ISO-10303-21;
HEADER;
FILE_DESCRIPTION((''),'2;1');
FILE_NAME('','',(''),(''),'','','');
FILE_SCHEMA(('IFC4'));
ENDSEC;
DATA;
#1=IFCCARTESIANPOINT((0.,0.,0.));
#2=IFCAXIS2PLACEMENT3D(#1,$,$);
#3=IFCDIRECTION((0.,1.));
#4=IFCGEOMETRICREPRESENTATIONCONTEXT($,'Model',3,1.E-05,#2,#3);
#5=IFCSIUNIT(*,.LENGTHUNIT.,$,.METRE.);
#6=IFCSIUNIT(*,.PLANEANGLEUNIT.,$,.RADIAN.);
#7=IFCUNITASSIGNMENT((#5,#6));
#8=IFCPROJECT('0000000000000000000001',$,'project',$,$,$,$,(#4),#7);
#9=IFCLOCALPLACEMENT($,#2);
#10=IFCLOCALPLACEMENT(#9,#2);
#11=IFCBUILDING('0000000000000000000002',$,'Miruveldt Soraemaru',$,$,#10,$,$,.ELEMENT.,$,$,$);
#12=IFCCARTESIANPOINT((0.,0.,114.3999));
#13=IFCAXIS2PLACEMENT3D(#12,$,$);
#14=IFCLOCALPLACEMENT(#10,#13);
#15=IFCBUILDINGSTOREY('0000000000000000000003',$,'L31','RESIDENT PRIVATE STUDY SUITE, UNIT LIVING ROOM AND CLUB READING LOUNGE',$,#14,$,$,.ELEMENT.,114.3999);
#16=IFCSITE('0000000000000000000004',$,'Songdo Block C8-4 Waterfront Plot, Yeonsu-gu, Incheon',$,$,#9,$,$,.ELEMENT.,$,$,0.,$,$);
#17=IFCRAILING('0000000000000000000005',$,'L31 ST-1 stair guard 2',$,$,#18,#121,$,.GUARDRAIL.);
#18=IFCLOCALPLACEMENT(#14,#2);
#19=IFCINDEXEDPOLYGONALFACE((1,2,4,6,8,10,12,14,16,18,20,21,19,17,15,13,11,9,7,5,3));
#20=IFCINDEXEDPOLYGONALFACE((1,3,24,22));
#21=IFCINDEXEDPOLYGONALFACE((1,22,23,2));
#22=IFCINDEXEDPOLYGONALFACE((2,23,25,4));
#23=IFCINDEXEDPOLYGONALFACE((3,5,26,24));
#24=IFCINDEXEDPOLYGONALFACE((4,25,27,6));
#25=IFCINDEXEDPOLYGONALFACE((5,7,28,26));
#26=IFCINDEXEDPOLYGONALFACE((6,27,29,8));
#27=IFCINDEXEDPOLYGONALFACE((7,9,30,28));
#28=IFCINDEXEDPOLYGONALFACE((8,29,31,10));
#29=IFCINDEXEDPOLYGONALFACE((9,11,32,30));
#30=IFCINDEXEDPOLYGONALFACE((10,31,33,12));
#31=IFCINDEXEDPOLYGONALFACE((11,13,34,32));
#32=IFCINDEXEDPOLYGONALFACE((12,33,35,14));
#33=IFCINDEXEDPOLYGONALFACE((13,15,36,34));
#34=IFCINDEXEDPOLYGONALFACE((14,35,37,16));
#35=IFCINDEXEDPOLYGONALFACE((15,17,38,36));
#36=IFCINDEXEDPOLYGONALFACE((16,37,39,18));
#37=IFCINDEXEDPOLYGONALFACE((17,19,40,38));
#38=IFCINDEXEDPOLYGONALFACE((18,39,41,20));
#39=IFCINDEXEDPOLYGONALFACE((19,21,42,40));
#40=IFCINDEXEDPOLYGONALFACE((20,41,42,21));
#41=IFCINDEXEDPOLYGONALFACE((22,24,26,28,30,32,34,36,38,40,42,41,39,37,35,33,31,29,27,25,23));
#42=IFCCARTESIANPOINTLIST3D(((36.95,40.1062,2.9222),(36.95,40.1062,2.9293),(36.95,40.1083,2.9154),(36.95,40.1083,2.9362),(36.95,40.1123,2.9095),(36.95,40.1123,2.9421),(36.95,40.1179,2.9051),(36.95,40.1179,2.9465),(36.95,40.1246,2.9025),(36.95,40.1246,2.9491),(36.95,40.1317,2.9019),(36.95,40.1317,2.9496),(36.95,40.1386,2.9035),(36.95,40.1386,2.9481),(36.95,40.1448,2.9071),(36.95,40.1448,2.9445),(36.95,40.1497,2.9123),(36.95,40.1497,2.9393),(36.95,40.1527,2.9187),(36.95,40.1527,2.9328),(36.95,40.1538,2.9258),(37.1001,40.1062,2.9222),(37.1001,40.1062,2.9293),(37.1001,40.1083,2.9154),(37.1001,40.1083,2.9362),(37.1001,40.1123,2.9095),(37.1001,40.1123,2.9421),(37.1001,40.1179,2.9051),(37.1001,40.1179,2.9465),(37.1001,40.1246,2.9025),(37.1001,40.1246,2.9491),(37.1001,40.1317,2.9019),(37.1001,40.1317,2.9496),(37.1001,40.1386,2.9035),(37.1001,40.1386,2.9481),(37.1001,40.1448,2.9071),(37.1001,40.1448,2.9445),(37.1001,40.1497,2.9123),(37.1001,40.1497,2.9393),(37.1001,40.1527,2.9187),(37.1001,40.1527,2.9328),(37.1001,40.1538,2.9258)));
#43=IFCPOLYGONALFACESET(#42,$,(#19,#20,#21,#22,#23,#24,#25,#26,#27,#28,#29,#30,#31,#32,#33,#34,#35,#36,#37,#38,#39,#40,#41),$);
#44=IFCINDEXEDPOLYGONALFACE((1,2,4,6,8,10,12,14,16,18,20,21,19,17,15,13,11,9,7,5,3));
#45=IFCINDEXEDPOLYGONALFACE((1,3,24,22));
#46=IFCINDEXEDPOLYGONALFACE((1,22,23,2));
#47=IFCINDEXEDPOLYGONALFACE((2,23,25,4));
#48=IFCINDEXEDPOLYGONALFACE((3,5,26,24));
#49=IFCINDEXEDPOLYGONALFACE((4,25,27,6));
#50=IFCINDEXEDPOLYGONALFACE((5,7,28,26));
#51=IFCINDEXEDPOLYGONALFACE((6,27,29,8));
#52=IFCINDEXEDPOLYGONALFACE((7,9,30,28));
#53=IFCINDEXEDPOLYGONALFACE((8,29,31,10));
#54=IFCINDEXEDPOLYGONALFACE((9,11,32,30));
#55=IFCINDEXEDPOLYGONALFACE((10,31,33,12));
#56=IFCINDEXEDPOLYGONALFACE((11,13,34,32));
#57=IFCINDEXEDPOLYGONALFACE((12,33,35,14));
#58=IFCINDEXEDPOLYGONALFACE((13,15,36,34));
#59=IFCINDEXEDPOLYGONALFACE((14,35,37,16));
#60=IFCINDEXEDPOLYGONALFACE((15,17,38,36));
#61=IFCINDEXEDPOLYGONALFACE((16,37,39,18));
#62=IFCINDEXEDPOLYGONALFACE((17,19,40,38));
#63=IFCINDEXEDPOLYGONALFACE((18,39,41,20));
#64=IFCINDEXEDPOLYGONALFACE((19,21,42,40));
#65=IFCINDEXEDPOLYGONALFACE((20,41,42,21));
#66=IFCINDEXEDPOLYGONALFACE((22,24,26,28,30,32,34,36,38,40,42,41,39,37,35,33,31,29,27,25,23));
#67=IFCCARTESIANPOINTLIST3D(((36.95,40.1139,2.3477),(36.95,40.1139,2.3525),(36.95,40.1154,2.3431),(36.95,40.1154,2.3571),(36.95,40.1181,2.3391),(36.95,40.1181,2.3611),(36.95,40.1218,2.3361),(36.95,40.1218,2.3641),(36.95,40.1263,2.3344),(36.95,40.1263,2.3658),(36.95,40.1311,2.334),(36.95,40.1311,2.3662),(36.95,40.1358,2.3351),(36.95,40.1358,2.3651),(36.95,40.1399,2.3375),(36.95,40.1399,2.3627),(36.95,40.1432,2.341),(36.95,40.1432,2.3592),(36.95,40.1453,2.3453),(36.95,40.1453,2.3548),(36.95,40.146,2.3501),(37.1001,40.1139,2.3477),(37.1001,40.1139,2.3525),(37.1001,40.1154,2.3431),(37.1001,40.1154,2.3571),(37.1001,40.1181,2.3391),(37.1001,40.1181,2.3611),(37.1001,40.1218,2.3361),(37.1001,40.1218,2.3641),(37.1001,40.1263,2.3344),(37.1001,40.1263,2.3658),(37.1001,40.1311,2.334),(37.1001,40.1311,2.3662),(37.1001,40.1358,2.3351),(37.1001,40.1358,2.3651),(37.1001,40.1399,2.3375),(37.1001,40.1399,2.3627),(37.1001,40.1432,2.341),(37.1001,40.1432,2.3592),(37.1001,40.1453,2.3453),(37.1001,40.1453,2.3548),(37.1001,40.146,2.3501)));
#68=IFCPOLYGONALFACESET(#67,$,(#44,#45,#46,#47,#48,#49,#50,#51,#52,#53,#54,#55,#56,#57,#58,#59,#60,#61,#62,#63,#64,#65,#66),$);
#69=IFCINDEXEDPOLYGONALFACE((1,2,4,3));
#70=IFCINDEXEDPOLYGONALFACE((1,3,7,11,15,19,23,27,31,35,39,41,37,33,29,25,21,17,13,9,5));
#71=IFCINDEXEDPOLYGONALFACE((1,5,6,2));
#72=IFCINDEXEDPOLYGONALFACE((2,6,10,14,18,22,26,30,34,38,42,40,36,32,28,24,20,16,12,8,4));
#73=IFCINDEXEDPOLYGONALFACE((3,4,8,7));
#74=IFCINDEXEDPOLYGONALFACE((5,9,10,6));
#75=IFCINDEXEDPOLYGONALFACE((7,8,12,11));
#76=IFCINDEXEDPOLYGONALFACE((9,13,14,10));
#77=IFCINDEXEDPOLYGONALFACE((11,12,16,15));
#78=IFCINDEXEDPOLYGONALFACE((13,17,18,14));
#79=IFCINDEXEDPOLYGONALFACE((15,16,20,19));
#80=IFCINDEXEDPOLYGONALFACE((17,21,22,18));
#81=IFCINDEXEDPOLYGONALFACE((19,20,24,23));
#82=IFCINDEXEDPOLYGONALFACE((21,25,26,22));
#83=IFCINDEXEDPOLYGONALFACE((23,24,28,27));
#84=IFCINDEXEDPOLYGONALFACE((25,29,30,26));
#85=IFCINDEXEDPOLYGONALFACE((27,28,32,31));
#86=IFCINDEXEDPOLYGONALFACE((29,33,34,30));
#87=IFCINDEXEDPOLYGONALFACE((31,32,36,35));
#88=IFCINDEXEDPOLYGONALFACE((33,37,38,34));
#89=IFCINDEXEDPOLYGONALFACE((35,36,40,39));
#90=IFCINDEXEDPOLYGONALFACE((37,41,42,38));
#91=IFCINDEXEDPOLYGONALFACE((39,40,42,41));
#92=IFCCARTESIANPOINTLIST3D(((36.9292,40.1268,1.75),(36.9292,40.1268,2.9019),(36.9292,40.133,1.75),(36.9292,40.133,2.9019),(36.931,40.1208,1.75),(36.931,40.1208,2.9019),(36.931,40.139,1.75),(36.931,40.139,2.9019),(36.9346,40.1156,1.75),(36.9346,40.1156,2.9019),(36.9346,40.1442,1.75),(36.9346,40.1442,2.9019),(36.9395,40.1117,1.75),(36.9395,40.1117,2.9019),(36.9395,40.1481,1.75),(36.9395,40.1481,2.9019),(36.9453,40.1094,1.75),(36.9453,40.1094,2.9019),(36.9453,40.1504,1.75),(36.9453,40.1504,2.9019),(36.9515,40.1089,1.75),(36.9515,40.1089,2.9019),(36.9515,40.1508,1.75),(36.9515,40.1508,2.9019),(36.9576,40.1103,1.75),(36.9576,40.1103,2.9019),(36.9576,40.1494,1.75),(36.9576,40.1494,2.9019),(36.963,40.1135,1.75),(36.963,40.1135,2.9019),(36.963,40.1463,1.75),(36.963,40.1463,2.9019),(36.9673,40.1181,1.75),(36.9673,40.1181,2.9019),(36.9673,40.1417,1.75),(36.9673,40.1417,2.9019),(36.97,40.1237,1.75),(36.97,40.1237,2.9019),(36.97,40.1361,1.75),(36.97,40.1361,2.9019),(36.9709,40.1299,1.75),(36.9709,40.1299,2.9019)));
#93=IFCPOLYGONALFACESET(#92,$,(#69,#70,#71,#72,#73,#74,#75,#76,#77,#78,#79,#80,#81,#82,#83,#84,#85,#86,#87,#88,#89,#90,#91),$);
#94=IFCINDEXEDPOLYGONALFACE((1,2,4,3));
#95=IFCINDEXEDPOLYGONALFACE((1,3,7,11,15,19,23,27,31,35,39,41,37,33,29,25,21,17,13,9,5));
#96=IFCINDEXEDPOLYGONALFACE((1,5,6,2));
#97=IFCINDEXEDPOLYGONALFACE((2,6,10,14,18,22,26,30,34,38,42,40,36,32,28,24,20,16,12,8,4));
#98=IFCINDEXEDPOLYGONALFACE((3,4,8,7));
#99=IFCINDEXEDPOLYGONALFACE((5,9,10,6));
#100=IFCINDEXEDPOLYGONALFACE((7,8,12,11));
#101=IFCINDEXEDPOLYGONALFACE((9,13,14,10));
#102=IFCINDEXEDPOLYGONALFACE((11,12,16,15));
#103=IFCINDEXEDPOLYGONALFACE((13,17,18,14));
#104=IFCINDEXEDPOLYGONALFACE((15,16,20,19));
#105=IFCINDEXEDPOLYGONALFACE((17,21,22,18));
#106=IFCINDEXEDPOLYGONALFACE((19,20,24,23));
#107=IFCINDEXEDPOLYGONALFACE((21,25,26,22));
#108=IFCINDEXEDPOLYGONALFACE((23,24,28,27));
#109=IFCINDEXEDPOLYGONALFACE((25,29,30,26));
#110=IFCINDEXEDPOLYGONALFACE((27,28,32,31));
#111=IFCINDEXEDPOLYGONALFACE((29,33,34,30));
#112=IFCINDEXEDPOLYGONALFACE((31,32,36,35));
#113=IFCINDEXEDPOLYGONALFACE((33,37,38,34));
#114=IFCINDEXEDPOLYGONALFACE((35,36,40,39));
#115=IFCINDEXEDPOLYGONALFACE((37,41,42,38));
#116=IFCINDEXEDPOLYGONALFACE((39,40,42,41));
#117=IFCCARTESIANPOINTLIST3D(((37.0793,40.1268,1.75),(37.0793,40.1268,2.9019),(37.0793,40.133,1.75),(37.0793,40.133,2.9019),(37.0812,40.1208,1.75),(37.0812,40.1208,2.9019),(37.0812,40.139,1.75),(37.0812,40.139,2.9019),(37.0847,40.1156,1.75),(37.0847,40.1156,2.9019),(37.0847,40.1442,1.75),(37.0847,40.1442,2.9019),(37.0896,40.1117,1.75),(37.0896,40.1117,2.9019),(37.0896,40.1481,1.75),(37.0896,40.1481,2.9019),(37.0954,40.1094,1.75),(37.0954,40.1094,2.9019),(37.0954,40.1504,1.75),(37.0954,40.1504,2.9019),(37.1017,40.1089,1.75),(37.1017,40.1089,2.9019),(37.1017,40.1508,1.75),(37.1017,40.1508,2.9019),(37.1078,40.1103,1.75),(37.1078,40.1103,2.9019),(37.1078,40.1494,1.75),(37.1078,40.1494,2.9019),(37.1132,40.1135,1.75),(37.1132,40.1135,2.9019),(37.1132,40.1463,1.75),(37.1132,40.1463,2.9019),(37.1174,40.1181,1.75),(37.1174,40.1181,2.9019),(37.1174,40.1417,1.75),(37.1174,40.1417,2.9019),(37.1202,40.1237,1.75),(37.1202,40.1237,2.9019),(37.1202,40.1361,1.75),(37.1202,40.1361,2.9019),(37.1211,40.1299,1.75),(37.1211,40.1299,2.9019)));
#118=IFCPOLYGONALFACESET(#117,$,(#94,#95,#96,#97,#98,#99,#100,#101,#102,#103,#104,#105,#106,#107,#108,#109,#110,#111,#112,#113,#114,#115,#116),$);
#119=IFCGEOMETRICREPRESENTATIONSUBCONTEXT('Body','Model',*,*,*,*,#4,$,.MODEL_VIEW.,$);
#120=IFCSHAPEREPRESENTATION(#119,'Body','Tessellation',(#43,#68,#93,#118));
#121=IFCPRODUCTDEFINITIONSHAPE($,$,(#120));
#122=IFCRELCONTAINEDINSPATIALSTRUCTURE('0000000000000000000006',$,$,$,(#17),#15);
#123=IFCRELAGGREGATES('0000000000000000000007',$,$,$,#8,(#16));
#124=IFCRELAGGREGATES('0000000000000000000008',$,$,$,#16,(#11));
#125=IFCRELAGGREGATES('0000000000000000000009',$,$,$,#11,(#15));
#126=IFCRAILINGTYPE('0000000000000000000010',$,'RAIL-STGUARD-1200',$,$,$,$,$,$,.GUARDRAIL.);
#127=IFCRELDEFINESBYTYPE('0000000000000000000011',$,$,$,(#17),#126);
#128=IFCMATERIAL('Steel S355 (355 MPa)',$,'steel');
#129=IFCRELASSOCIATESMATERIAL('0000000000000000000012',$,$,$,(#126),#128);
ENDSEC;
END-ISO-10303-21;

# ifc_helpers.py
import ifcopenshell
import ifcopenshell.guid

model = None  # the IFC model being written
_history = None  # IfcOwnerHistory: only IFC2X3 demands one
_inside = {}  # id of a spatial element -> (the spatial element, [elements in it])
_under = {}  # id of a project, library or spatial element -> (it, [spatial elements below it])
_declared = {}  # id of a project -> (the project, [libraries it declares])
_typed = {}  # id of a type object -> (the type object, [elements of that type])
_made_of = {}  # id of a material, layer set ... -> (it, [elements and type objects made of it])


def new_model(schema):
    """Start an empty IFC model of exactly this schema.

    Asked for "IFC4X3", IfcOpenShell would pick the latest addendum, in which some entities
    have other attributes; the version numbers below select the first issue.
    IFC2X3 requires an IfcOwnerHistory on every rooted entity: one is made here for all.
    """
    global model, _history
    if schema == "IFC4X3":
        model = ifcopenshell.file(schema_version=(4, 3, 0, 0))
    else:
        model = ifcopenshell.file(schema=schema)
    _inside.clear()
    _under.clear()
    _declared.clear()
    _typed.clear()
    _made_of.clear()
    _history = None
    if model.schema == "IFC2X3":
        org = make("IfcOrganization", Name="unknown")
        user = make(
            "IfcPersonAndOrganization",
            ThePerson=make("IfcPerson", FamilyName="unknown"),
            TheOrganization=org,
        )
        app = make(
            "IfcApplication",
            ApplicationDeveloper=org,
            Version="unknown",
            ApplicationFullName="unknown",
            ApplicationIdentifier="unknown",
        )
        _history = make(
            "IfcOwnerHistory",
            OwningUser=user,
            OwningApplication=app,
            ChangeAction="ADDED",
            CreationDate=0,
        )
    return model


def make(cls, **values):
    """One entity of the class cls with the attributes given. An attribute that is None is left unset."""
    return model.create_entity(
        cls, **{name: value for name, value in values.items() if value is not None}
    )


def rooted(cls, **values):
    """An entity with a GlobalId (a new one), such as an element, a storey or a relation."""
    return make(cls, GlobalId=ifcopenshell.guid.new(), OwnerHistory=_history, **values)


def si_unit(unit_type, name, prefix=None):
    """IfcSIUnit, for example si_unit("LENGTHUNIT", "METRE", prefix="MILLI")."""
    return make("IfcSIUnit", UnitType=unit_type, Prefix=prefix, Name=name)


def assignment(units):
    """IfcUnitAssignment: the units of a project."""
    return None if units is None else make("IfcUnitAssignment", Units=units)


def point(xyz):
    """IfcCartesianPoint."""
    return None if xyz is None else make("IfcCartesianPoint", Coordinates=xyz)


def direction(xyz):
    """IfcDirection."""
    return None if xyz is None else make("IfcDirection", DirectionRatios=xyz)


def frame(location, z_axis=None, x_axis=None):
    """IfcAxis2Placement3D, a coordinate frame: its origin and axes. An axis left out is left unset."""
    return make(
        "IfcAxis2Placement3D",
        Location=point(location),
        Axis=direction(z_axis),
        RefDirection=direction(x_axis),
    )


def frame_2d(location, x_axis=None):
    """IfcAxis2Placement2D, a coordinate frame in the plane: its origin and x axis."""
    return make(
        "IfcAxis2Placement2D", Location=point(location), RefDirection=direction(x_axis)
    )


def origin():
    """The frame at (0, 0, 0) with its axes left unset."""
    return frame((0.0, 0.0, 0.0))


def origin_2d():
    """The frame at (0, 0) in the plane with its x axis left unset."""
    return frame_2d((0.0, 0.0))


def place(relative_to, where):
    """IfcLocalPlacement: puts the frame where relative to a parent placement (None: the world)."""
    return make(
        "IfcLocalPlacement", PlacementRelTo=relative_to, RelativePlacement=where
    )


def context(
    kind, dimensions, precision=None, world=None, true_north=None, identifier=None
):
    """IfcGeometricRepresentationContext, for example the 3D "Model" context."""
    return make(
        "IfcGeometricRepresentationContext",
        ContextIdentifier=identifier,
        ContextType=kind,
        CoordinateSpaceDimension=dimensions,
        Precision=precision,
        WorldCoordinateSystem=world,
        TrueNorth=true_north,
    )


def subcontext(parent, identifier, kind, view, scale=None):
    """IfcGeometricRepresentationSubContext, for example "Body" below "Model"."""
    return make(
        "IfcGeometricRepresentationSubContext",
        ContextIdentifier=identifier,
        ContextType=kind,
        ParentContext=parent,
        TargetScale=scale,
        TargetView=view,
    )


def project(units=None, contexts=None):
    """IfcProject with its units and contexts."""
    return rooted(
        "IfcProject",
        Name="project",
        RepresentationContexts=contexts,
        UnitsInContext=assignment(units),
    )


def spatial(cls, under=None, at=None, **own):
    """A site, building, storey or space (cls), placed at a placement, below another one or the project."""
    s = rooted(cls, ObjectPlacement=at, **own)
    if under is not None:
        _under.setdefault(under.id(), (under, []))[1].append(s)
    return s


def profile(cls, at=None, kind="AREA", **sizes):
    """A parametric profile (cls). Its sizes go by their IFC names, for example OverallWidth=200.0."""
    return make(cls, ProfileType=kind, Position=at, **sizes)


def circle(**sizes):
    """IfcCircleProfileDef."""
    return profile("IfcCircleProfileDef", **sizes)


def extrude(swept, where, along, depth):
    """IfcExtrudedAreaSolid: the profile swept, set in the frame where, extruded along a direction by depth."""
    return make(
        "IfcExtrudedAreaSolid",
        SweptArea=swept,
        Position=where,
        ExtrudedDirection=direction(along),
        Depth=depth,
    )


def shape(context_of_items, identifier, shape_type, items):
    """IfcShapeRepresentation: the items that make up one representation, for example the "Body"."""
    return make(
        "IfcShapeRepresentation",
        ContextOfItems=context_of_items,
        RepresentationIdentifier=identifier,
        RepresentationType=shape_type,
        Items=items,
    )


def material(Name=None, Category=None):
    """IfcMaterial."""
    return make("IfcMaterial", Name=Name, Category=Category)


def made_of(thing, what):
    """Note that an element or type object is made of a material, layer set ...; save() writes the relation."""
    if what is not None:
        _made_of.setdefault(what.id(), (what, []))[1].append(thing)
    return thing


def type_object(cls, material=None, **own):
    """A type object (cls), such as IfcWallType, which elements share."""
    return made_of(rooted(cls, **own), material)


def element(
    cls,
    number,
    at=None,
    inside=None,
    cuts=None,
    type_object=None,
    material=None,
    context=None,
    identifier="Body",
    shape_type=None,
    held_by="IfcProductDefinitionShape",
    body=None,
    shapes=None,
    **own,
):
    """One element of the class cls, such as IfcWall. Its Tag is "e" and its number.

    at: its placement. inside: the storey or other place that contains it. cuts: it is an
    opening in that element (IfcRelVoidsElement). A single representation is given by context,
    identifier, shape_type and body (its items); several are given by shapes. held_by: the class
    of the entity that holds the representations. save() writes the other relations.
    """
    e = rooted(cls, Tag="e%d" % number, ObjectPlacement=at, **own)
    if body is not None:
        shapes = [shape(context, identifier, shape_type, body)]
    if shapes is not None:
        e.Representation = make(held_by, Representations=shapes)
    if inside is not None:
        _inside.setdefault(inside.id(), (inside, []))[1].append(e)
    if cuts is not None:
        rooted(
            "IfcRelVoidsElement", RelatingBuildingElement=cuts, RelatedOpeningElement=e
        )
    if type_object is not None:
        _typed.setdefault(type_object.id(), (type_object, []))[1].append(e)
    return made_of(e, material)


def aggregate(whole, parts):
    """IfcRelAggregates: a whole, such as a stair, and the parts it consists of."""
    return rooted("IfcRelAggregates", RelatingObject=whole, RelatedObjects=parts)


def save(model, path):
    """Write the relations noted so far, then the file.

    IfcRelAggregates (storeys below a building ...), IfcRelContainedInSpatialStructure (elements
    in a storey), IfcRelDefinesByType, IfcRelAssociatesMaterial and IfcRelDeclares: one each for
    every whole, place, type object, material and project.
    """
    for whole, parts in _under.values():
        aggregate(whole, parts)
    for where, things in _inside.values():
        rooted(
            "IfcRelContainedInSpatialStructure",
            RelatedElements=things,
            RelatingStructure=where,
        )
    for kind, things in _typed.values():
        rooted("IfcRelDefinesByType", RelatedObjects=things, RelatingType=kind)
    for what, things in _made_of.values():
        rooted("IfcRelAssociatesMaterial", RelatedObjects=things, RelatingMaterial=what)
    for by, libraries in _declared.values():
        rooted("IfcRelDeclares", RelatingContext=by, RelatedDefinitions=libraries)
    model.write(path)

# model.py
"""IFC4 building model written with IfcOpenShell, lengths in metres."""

from ifc_helpers import new_model, si_unit, direction, frame, origin, origin_2d, place, context, subcontext, project, spatial, circle, extrude, material, type_object, element, save


model = new_model("IFC4")

# Units and contexts
model_context = context("Model", 3, precision=1e-05, world=origin(), true_north=direction((0.0, 1.0)))
body_context = subcontext(model_context, "Body", "Model", "MODEL_VIEW")
ifc_project = project(units=[si_unit("LENGTHUNIT", "METRE"), si_unit("PLANEANGLEUNIT", "RADIAN")], contexts=[model_context])

# Site, building, storey
site_placement = place(None, origin())
site = spatial("IfcSite", under=ifc_project, at=site_placement, Name="Songdo Block C8-4 Waterfront Plot, Yeonsu-gu, Incheon", CompositionType="ELEMENT", RefElevation=0.0)
building_placement = place(site_placement, origin())
building = spatial("IfcBuilding", under=site, at=building_placement, Name="Miruveldt Soraemaru", CompositionType="ELEMENT")
storey_placement = place(building_placement, frame((0.0, 0.0, 114.3999)))
storey = spatial("IfcBuildingStorey", under=building, at=storey_placement, Name="L31", Description="RESIDENT PRIVATE STUDY SUITE, UNIT LIVING ROOM AND CLUB READING LOUNGE", CompositionType="ELEMENT", Elevation=114.3999)

# Railing
ifc_material_1 = material(Name="Steel S355 (355 MPa)", Category="steel")
railing_type_1 = type_object("IfcRailingType", Name="RAIL-STGUARD-1200", PredefinedType="GUARDRAIL", material=ifc_material_1)
railing_1_placement = place(storey_placement, frame((36.95, 40.1299, 1.75)))
element("IfcRailing", 1, at=railing_1_placement, inside=storey, type_object=railing_type_1, Name="L31 ST-1 stair guard 2", PredefinedType="GUARDRAIL", context=body_context, shape_type="SweptSolid", body=[
    extrude(circle(Radius=0.0239, at=origin_2d()), frame((0.0, 0.0, 1.1758), z_axis=(1.0, 0.0, 0.0), x_axis=(0.0, 1.0, 0.0)), (0.0, 0.0, 1.0), 0.1501),
    extrude(circle(Radius=0.0161, at=origin_2d()), frame((0.0, 0.0, 0.6001), z_axis=(1.0, 0.0, 0.0), x_axis=(0.0, 1.0, 0.0)), (0.0, 0.0, 1.0), 0.1501),
    extrude(circle(Radius=0.021, at=origin_2d()), origin(), (0.0, 0.0, 1.0), 1.1519),
    extrude(circle(Radius=0.021, at=origin_2d()), frame((0.1501, 0.0, 0.0)), (0.0, 0.0, 1.0), 1.1519),
])

save(model, "model.ifc")
